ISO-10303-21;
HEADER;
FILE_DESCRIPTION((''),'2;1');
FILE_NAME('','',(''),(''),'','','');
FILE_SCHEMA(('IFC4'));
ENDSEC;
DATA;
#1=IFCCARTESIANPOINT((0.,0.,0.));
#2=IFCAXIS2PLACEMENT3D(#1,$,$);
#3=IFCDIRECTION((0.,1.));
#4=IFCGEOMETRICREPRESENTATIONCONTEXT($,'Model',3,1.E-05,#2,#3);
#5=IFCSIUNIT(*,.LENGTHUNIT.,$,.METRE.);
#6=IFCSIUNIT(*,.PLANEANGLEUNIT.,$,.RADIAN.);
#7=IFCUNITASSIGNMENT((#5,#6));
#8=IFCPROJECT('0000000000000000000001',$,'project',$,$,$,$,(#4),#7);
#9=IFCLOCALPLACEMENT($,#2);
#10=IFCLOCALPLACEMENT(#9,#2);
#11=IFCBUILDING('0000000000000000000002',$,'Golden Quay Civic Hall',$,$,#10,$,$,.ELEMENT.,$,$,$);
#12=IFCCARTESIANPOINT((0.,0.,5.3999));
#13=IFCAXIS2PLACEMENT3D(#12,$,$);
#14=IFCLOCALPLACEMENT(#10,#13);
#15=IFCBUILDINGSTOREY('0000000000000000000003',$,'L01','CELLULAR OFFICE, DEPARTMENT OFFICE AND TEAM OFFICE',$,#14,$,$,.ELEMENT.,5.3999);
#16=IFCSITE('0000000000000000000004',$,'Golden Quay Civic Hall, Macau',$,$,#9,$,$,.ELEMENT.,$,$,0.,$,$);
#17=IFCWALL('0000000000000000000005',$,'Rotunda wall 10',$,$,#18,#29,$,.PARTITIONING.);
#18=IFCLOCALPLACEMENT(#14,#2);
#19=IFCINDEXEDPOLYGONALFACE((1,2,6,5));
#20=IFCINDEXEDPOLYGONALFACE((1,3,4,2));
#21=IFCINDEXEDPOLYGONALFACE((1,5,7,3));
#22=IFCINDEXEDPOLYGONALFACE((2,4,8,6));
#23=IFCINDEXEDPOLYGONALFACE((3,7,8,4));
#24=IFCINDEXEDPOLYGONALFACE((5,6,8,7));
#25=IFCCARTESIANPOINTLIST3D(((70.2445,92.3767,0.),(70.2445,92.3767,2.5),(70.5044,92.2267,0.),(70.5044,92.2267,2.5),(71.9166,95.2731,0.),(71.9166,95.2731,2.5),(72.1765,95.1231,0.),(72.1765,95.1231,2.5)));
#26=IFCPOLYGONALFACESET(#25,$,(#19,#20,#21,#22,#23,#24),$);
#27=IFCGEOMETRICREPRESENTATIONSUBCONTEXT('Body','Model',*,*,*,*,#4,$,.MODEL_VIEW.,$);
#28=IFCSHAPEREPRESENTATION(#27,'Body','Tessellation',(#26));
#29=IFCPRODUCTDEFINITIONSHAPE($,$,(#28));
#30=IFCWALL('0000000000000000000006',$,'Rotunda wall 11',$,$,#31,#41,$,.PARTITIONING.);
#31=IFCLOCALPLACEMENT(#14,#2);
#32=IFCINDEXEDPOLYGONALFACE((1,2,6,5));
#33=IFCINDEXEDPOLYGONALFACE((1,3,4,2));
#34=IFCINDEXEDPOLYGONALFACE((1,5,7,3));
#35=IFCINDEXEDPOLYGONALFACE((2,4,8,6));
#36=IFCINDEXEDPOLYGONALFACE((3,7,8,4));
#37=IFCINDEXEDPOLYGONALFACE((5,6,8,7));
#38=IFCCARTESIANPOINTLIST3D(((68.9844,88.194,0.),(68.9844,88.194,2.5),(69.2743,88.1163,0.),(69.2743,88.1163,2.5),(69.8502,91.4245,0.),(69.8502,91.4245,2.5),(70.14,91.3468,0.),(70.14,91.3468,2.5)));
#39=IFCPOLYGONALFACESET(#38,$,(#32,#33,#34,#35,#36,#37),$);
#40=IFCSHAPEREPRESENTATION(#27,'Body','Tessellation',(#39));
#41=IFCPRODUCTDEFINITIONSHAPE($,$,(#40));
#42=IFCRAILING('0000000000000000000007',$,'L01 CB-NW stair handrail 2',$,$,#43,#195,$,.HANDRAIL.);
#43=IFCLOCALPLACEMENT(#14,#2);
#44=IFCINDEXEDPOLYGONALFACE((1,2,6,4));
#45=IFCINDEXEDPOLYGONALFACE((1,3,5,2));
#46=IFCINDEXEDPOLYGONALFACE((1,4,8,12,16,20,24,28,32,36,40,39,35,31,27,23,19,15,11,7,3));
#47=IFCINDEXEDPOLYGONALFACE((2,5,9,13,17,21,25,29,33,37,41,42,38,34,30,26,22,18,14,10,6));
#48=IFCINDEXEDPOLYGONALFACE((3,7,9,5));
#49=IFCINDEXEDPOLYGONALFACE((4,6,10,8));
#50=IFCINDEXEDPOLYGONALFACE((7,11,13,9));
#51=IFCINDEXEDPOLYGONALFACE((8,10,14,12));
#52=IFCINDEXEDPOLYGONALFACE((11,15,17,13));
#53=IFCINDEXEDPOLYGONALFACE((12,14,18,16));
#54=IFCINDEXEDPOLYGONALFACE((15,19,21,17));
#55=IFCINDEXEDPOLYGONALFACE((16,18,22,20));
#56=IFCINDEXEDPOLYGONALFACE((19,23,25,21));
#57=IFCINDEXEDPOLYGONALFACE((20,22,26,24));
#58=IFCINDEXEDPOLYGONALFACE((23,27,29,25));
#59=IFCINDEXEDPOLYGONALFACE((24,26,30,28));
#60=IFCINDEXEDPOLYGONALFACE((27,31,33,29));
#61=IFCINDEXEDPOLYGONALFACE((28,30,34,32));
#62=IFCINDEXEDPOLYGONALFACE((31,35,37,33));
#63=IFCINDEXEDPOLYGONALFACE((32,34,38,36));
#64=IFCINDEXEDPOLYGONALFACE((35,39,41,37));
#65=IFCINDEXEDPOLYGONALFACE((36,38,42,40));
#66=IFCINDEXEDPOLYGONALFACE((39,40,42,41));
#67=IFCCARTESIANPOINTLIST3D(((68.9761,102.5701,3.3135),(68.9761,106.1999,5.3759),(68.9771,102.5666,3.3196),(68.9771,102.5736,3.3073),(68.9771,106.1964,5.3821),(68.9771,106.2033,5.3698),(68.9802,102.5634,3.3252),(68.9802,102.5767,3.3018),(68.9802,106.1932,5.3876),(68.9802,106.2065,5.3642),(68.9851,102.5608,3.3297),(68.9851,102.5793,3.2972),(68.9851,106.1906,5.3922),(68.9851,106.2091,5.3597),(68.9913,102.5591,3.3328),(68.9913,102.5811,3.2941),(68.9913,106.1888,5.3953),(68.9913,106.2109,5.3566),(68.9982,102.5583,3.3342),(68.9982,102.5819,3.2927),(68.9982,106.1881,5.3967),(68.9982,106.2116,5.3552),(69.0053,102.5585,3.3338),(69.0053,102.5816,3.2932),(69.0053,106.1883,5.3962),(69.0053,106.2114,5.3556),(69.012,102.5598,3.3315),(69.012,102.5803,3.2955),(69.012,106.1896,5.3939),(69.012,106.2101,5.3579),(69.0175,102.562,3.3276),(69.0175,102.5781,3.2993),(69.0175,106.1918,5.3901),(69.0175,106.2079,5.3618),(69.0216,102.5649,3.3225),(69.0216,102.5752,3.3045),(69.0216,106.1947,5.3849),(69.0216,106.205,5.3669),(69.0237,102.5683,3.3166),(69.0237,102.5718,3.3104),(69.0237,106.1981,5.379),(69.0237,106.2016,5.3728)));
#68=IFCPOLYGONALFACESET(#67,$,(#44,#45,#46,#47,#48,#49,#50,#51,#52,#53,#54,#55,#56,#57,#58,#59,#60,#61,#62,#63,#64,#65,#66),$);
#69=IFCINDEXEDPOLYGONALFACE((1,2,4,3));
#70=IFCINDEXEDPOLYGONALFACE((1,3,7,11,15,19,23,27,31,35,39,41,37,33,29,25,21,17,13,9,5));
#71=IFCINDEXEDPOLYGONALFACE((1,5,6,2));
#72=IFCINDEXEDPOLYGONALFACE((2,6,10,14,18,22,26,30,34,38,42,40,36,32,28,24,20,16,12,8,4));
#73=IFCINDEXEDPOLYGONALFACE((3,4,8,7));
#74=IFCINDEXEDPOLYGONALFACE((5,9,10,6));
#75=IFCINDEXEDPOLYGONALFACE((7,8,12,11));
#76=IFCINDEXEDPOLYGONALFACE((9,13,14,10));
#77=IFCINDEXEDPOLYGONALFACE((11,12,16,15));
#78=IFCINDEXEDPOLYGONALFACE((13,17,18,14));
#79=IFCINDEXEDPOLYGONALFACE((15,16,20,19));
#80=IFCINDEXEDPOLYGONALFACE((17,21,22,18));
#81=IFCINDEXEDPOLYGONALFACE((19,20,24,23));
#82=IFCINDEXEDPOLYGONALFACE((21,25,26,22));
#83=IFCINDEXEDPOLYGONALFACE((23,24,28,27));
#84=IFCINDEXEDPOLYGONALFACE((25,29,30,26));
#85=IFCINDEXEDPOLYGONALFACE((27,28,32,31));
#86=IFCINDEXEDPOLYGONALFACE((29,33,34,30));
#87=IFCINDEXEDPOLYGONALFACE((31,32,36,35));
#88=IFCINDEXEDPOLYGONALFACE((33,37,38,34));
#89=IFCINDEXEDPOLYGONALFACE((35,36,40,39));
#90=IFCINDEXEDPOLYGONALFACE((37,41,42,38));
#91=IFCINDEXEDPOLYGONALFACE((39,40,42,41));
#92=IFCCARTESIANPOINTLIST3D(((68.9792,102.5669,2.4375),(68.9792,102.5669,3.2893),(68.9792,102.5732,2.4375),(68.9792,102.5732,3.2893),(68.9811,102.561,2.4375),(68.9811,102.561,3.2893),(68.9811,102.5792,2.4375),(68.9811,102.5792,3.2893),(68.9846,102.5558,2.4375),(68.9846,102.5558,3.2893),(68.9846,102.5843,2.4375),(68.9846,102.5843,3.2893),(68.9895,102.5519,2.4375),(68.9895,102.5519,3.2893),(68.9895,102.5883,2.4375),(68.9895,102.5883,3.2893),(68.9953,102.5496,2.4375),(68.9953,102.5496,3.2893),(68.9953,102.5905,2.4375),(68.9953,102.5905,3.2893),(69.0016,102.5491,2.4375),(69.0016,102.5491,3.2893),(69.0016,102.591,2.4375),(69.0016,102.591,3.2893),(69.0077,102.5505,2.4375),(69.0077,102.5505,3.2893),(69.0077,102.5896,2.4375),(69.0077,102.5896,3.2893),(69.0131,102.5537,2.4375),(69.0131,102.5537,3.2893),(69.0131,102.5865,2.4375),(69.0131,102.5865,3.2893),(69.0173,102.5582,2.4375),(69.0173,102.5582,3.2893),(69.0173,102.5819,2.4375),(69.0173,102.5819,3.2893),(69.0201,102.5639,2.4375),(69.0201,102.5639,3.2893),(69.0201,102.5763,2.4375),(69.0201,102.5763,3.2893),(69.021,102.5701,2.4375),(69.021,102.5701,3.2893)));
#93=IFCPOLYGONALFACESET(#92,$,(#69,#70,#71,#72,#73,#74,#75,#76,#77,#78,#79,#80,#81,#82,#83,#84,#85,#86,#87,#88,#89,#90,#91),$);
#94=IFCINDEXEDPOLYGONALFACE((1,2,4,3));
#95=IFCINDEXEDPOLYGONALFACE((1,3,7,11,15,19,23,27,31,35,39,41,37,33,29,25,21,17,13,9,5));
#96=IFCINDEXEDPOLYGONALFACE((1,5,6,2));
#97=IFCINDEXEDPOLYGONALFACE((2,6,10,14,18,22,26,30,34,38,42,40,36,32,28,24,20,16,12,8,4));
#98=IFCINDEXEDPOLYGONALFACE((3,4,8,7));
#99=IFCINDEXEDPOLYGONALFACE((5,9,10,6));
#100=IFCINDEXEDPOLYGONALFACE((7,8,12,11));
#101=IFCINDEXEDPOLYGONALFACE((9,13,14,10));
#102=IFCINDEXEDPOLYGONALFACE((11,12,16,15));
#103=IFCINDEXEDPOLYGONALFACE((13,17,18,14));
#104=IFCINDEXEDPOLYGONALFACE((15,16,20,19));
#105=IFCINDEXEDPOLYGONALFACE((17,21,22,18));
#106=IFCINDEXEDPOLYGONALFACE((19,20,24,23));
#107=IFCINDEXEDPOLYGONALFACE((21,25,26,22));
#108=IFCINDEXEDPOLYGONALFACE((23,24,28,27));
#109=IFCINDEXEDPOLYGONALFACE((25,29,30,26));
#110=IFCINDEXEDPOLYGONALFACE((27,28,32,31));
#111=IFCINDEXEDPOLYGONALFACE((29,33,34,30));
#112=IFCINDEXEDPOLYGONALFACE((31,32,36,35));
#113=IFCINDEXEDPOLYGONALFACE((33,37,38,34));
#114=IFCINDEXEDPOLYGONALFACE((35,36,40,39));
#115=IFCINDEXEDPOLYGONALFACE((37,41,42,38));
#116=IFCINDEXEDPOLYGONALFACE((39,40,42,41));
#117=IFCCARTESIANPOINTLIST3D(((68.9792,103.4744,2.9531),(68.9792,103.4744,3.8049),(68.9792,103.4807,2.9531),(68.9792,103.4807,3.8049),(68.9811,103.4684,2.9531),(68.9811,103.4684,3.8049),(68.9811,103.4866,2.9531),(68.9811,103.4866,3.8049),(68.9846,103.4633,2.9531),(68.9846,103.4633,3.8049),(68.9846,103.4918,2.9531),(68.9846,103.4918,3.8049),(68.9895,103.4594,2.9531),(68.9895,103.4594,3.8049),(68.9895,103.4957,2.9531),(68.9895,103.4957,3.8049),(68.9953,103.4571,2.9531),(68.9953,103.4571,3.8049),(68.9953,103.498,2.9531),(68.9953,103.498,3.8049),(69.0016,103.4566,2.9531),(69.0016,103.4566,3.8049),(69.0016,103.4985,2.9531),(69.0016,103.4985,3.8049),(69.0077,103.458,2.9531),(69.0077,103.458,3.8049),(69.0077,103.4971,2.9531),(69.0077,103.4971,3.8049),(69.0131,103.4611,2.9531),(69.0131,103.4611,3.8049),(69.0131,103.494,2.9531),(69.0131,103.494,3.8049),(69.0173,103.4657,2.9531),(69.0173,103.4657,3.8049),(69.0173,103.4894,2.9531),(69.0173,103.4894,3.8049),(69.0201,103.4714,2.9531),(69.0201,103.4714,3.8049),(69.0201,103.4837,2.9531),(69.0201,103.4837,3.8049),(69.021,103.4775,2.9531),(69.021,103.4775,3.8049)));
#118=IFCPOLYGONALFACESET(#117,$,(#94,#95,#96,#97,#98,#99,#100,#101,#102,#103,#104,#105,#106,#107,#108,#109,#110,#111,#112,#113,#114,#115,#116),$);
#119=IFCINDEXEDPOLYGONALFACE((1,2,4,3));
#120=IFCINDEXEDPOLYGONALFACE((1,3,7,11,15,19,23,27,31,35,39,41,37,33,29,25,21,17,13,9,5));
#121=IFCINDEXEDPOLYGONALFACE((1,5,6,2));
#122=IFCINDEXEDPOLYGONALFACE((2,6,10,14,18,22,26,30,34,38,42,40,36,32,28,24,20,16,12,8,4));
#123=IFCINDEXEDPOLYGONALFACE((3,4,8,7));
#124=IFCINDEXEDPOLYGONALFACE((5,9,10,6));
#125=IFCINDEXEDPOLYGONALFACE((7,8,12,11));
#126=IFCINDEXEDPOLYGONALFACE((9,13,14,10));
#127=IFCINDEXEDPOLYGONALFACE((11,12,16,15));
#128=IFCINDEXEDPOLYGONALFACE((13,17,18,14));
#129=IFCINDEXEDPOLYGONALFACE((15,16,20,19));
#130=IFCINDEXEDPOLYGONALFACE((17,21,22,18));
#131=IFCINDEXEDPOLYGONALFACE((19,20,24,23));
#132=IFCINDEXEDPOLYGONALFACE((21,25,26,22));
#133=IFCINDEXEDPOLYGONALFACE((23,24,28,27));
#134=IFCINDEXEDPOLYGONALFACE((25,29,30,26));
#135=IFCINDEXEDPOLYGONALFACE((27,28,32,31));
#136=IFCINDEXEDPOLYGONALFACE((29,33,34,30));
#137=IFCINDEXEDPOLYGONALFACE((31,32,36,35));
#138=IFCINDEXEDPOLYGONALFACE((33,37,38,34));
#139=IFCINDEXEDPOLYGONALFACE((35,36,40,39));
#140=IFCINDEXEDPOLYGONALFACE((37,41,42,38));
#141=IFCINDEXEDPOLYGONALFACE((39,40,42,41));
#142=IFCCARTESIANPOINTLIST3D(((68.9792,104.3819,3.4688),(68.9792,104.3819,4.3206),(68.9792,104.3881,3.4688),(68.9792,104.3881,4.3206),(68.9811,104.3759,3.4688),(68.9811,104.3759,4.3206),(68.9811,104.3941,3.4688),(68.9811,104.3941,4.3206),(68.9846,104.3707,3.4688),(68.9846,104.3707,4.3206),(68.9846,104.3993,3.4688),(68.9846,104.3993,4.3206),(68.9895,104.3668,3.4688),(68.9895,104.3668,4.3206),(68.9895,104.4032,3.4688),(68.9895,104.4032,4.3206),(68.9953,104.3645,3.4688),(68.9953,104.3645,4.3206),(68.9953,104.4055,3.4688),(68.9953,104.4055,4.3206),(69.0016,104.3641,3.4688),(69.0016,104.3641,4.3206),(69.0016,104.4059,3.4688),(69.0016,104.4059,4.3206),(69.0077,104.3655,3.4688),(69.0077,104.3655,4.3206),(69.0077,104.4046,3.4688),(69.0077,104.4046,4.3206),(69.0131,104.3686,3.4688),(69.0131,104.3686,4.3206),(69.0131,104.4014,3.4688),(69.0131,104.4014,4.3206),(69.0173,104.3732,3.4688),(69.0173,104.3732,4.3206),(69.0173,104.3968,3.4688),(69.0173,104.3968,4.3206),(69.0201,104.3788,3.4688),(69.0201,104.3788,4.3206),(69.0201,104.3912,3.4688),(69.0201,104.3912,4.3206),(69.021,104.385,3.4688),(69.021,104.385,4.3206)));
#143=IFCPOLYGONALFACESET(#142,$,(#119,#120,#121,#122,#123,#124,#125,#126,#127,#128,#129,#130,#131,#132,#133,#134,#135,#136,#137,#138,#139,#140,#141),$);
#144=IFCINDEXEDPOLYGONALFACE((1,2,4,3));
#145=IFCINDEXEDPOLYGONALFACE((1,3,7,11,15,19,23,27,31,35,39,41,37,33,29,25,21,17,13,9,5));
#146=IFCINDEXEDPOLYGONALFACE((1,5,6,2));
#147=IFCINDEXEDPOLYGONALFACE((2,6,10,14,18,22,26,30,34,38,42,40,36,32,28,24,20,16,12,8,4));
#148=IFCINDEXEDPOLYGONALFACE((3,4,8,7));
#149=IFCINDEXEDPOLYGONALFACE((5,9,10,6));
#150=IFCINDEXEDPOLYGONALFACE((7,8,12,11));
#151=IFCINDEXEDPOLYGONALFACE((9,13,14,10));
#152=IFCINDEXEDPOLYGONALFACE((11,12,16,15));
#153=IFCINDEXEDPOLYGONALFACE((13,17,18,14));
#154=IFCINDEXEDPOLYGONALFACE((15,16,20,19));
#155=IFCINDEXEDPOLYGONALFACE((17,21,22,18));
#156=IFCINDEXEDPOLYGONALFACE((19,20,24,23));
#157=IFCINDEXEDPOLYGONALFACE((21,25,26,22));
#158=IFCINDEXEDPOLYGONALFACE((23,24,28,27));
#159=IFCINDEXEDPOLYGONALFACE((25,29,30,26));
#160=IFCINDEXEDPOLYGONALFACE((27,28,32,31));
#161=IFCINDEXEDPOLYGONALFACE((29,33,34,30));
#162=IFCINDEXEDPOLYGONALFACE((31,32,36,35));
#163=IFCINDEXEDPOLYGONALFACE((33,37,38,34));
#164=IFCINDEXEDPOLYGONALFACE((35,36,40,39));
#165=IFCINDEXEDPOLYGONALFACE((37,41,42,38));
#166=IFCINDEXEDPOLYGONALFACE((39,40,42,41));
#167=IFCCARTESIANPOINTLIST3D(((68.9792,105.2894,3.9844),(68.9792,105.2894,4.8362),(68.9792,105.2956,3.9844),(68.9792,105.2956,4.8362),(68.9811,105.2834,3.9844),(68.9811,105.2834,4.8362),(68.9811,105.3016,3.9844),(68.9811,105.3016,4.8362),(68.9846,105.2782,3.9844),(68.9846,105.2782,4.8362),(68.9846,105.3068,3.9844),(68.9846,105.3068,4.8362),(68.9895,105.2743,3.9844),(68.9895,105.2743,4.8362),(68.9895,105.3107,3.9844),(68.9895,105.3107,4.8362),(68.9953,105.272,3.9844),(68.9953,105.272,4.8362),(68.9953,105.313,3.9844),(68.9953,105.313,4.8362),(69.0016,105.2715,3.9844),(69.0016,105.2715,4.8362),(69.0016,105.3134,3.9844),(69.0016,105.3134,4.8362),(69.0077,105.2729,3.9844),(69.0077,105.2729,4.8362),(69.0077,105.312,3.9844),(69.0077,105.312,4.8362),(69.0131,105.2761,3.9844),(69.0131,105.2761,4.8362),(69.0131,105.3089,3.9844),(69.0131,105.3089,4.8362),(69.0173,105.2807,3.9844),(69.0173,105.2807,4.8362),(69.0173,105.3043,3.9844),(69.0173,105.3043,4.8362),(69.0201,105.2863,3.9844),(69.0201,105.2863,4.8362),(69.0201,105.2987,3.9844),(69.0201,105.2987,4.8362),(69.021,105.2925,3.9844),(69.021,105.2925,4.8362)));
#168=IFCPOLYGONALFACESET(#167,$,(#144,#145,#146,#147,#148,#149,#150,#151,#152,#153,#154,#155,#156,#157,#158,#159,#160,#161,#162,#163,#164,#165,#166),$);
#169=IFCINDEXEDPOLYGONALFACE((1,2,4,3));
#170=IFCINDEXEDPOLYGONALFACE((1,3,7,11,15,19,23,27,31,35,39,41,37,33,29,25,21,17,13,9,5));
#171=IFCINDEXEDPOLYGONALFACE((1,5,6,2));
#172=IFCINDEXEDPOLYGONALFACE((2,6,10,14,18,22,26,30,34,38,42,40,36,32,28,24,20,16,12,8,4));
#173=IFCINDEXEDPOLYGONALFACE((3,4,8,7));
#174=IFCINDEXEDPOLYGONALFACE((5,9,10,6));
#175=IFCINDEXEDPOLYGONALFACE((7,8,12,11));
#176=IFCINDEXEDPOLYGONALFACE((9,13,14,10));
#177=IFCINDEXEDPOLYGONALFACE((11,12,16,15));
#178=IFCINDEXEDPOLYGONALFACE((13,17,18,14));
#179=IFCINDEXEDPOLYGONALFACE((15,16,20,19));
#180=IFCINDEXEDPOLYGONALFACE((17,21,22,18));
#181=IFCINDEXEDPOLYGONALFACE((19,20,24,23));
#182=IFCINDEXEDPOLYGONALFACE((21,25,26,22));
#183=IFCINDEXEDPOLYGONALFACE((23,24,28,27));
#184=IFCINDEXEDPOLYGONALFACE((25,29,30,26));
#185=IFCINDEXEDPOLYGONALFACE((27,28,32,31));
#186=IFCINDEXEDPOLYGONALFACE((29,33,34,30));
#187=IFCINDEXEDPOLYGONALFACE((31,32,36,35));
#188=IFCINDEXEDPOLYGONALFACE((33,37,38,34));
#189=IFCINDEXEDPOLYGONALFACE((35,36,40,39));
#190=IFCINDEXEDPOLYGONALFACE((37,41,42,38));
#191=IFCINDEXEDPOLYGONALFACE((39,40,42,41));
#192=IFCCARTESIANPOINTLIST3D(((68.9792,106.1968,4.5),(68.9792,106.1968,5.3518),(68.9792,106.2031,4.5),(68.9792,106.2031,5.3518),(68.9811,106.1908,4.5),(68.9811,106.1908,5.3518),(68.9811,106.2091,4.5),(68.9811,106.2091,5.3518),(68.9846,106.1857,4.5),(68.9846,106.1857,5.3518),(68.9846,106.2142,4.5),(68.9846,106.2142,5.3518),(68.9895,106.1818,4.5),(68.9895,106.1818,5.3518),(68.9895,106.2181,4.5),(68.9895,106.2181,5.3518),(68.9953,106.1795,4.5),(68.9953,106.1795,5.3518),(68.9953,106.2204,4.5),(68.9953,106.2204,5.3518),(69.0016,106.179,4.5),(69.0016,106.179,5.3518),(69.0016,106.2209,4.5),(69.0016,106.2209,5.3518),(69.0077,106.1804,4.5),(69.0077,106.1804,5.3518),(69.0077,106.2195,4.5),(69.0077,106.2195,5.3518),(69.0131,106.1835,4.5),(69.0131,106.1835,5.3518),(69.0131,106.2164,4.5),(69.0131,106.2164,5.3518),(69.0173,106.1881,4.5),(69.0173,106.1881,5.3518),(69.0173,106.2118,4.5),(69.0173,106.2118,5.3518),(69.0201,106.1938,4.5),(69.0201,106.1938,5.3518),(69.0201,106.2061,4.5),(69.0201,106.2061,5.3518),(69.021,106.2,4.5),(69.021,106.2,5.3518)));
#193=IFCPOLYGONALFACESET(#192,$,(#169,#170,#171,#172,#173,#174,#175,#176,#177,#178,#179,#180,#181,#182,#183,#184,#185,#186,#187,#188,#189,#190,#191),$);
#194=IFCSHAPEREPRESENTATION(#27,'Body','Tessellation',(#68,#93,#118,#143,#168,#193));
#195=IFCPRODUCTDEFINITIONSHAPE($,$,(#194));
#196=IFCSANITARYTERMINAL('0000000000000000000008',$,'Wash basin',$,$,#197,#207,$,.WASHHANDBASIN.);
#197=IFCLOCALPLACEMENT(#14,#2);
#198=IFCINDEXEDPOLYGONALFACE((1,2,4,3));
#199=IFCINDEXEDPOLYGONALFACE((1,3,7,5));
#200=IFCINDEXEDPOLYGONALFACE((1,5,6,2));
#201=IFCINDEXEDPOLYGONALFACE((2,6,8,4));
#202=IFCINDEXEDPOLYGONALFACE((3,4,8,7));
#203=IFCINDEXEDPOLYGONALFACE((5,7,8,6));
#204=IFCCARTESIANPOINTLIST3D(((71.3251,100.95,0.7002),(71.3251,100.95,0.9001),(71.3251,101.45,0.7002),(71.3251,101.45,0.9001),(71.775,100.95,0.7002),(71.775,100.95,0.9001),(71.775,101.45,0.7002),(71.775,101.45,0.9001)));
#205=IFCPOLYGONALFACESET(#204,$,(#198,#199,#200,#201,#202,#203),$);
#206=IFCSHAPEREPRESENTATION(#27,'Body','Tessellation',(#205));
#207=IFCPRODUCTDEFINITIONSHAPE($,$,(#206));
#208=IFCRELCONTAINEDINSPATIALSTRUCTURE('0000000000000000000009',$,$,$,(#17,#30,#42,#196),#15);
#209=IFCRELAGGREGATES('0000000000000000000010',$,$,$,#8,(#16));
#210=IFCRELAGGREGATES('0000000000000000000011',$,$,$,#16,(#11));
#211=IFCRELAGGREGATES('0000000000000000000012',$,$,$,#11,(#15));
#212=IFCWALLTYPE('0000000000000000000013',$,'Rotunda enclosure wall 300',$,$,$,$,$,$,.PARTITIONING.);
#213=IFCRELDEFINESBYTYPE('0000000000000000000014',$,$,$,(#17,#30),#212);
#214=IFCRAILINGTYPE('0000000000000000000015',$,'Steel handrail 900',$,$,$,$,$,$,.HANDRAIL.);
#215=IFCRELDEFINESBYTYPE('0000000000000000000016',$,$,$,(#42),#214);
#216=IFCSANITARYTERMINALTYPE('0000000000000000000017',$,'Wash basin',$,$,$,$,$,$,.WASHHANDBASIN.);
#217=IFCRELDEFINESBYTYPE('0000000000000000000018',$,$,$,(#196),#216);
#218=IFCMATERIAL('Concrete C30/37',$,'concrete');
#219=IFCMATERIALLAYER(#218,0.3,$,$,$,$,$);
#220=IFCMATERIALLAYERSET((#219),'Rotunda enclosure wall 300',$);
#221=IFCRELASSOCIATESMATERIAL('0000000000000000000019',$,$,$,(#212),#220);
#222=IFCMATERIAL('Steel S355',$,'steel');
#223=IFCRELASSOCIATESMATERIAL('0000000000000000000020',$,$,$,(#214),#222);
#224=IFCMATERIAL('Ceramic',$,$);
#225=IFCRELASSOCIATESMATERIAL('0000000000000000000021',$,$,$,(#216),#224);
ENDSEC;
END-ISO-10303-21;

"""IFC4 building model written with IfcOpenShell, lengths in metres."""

from ifc_helpers import new_model, si_unit, direction, frame, frame_2d, origin, origin_2d, place, context, subcontext, project, spatial, rectangle, circle, extrude, material, layer, layer_set, type_object, element, save


model = new_model("IFC4")

# Units and contexts
model_context = context("Model", 3, precision=1e-05, world=origin(), true_north=direction((0.0, 1.0)))
body_context = subcontext(model_context, "Body", "Model", "MODEL_VIEW")
ifc_project = project(units=[si_unit("LENGTHUNIT", "METRE"), si_unit("PLANEANGLEUNIT", "RADIAN")], contexts=[model_context])

# Site, building, storey
site_placement = place(None, origin())
site = spatial("IfcSite", under=ifc_project, at=site_placement, Name="Golden Quay Civic Hall, Macau", CompositionType="ELEMENT", RefElevation=0.0)
building_placement = place(site_placement, origin())
building = spatial("IfcBuilding", under=site, at=building_placement, Name="Golden Quay Civic Hall", CompositionType="ELEMENT")
storey_placement = place(building_placement, frame((0.0, 0.0, 5.3999)))
storey = spatial("IfcBuildingStorey", under=building, at=storey_placement, Name="L01", Description="CELLULAR OFFICE, DEPARTMENT OFFICE AND TEAM OFFICE", CompositionType="ELEMENT", Elevation=5.3999)

# Walls
ifc_material_1 = material(Name="Concrete C30/37", Category="concrete")
ifc_layer_1 = layer(ifc_material_1, 0.3)
ifc_layer_set_1 = layer_set([ifc_layer_1], Name="Rotunda enclosure wall 300")
wall_type_1 = type_object("IfcWallType", Name="Rotunda enclosure wall 300", PredefinedType="PARTITIONING", material=ifc_layer_set_1)
for number, where, z_axis, x_axis, name in (
    (1, (72.0466, 95.1982, 0.0), (0.0, 0.0, 1.0), (-0.499963, -0.866047, 0.0), "Rotunda wall 10"),
    (2, (69.9951, 91.3857, 0.0), (0.0, 0.0, 1.0), (-0.258853, -0.965917, 0.0), "Rotunda wall 11"),
):
    element("IfcWall", number, at=place(storey_placement, frame(where, z_axis=z_axis, x_axis=x_axis)), inside=storey, type_object=wall_type_1, Name=name, PredefinedType="PARTITIONING", context=body_context, shape_type="SweptSolid", body=[
        extrude(rectangle(XDim=3.3445, YDim=0.3, at=frame_2d((1.6724, 0.0))), origin(), (0.0, 0.0, 1.0), 2.5),
    ])

# Railing
ifc_material_2 = material(Name="Steel S355", Category="steel")
railing_type = type_object("IfcRailingType", Name="Steel handrail 900", PredefinedType="HANDRAIL", material=ifc_material_2)
railing_placement = place(storey_placement, frame((69.0, 102.5701, 2.4375)))
element("IfcRailing", 3, at=railing_placement, inside=storey, type_object=railing_type, Name="L01 CB-NW stair handrail 2", PredefinedType="HANDRAIL", context=body_context, shape_type="SweptSolid", body=[
    extrude(circle(Radius=0.0239, at=origin_2d()), frame((0.0, 0.0, 0.876), z_axis=(0.0, 0.86945, 0.494021), x_axis=(-1.0, 0.0, 0.0)), (0.0, 0.0, 1.0), 4.1748),
    extrude(circle(Radius=0.021, at=origin_2d()), origin(), (0.0, 0.0, 1.0), 0.8518),
    extrude(circle(Radius=0.021, at=origin_2d()), frame((0.0, 0.9075, 0.5156)), (0.0, 0.0, 1.0), 0.8518),
    extrude(circle(Radius=0.021, at=origin_2d()), frame((0.0, 1.8149, 1.0312)), (0.0, 0.0, 1.0), 0.8518),
    extrude(circle(Radius=0.021, at=origin_2d()), frame((0.0, 2.7224, 1.5469)), (0.0, 0.0, 1.0), 0.8518),
    extrude(circle(Radius=0.021, at=origin_2d()), frame((0.0, 3.6299, 2.0625)), (0.0, 0.0, 1.0), 0.8518),
])

# Sanitary terminal
ifc_material_3 = material(Name="Ceramic")
sanitary_terminal_type = type_object("IfcSanitaryTerminalType", Name="Wash basin", PredefinedType="WASHHANDBASIN", material=ifc_material_3)
sanitary_terminal_placement = place(storey_placement, frame((71.55, 101.2, 0.7002), z_axis=(0.0, 0.0, 1.0), x_axis=(0.0, 1.0, 0.0)))
element("IfcSanitaryTerminal", 4, at=sanitary_terminal_placement, inside=storey, type_object=sanitary_terminal_type, Name="Wash basin", PredefinedType="WASHHANDBASIN", context=body_context, shape_type="SweptSolid", body=[
    extrude(rectangle(XDim=0.5, YDim=0.45, at=origin_2d()), origin(), (0.0, 0.0, 1.0), 0.2),
])

save(model, "model.ifc")
